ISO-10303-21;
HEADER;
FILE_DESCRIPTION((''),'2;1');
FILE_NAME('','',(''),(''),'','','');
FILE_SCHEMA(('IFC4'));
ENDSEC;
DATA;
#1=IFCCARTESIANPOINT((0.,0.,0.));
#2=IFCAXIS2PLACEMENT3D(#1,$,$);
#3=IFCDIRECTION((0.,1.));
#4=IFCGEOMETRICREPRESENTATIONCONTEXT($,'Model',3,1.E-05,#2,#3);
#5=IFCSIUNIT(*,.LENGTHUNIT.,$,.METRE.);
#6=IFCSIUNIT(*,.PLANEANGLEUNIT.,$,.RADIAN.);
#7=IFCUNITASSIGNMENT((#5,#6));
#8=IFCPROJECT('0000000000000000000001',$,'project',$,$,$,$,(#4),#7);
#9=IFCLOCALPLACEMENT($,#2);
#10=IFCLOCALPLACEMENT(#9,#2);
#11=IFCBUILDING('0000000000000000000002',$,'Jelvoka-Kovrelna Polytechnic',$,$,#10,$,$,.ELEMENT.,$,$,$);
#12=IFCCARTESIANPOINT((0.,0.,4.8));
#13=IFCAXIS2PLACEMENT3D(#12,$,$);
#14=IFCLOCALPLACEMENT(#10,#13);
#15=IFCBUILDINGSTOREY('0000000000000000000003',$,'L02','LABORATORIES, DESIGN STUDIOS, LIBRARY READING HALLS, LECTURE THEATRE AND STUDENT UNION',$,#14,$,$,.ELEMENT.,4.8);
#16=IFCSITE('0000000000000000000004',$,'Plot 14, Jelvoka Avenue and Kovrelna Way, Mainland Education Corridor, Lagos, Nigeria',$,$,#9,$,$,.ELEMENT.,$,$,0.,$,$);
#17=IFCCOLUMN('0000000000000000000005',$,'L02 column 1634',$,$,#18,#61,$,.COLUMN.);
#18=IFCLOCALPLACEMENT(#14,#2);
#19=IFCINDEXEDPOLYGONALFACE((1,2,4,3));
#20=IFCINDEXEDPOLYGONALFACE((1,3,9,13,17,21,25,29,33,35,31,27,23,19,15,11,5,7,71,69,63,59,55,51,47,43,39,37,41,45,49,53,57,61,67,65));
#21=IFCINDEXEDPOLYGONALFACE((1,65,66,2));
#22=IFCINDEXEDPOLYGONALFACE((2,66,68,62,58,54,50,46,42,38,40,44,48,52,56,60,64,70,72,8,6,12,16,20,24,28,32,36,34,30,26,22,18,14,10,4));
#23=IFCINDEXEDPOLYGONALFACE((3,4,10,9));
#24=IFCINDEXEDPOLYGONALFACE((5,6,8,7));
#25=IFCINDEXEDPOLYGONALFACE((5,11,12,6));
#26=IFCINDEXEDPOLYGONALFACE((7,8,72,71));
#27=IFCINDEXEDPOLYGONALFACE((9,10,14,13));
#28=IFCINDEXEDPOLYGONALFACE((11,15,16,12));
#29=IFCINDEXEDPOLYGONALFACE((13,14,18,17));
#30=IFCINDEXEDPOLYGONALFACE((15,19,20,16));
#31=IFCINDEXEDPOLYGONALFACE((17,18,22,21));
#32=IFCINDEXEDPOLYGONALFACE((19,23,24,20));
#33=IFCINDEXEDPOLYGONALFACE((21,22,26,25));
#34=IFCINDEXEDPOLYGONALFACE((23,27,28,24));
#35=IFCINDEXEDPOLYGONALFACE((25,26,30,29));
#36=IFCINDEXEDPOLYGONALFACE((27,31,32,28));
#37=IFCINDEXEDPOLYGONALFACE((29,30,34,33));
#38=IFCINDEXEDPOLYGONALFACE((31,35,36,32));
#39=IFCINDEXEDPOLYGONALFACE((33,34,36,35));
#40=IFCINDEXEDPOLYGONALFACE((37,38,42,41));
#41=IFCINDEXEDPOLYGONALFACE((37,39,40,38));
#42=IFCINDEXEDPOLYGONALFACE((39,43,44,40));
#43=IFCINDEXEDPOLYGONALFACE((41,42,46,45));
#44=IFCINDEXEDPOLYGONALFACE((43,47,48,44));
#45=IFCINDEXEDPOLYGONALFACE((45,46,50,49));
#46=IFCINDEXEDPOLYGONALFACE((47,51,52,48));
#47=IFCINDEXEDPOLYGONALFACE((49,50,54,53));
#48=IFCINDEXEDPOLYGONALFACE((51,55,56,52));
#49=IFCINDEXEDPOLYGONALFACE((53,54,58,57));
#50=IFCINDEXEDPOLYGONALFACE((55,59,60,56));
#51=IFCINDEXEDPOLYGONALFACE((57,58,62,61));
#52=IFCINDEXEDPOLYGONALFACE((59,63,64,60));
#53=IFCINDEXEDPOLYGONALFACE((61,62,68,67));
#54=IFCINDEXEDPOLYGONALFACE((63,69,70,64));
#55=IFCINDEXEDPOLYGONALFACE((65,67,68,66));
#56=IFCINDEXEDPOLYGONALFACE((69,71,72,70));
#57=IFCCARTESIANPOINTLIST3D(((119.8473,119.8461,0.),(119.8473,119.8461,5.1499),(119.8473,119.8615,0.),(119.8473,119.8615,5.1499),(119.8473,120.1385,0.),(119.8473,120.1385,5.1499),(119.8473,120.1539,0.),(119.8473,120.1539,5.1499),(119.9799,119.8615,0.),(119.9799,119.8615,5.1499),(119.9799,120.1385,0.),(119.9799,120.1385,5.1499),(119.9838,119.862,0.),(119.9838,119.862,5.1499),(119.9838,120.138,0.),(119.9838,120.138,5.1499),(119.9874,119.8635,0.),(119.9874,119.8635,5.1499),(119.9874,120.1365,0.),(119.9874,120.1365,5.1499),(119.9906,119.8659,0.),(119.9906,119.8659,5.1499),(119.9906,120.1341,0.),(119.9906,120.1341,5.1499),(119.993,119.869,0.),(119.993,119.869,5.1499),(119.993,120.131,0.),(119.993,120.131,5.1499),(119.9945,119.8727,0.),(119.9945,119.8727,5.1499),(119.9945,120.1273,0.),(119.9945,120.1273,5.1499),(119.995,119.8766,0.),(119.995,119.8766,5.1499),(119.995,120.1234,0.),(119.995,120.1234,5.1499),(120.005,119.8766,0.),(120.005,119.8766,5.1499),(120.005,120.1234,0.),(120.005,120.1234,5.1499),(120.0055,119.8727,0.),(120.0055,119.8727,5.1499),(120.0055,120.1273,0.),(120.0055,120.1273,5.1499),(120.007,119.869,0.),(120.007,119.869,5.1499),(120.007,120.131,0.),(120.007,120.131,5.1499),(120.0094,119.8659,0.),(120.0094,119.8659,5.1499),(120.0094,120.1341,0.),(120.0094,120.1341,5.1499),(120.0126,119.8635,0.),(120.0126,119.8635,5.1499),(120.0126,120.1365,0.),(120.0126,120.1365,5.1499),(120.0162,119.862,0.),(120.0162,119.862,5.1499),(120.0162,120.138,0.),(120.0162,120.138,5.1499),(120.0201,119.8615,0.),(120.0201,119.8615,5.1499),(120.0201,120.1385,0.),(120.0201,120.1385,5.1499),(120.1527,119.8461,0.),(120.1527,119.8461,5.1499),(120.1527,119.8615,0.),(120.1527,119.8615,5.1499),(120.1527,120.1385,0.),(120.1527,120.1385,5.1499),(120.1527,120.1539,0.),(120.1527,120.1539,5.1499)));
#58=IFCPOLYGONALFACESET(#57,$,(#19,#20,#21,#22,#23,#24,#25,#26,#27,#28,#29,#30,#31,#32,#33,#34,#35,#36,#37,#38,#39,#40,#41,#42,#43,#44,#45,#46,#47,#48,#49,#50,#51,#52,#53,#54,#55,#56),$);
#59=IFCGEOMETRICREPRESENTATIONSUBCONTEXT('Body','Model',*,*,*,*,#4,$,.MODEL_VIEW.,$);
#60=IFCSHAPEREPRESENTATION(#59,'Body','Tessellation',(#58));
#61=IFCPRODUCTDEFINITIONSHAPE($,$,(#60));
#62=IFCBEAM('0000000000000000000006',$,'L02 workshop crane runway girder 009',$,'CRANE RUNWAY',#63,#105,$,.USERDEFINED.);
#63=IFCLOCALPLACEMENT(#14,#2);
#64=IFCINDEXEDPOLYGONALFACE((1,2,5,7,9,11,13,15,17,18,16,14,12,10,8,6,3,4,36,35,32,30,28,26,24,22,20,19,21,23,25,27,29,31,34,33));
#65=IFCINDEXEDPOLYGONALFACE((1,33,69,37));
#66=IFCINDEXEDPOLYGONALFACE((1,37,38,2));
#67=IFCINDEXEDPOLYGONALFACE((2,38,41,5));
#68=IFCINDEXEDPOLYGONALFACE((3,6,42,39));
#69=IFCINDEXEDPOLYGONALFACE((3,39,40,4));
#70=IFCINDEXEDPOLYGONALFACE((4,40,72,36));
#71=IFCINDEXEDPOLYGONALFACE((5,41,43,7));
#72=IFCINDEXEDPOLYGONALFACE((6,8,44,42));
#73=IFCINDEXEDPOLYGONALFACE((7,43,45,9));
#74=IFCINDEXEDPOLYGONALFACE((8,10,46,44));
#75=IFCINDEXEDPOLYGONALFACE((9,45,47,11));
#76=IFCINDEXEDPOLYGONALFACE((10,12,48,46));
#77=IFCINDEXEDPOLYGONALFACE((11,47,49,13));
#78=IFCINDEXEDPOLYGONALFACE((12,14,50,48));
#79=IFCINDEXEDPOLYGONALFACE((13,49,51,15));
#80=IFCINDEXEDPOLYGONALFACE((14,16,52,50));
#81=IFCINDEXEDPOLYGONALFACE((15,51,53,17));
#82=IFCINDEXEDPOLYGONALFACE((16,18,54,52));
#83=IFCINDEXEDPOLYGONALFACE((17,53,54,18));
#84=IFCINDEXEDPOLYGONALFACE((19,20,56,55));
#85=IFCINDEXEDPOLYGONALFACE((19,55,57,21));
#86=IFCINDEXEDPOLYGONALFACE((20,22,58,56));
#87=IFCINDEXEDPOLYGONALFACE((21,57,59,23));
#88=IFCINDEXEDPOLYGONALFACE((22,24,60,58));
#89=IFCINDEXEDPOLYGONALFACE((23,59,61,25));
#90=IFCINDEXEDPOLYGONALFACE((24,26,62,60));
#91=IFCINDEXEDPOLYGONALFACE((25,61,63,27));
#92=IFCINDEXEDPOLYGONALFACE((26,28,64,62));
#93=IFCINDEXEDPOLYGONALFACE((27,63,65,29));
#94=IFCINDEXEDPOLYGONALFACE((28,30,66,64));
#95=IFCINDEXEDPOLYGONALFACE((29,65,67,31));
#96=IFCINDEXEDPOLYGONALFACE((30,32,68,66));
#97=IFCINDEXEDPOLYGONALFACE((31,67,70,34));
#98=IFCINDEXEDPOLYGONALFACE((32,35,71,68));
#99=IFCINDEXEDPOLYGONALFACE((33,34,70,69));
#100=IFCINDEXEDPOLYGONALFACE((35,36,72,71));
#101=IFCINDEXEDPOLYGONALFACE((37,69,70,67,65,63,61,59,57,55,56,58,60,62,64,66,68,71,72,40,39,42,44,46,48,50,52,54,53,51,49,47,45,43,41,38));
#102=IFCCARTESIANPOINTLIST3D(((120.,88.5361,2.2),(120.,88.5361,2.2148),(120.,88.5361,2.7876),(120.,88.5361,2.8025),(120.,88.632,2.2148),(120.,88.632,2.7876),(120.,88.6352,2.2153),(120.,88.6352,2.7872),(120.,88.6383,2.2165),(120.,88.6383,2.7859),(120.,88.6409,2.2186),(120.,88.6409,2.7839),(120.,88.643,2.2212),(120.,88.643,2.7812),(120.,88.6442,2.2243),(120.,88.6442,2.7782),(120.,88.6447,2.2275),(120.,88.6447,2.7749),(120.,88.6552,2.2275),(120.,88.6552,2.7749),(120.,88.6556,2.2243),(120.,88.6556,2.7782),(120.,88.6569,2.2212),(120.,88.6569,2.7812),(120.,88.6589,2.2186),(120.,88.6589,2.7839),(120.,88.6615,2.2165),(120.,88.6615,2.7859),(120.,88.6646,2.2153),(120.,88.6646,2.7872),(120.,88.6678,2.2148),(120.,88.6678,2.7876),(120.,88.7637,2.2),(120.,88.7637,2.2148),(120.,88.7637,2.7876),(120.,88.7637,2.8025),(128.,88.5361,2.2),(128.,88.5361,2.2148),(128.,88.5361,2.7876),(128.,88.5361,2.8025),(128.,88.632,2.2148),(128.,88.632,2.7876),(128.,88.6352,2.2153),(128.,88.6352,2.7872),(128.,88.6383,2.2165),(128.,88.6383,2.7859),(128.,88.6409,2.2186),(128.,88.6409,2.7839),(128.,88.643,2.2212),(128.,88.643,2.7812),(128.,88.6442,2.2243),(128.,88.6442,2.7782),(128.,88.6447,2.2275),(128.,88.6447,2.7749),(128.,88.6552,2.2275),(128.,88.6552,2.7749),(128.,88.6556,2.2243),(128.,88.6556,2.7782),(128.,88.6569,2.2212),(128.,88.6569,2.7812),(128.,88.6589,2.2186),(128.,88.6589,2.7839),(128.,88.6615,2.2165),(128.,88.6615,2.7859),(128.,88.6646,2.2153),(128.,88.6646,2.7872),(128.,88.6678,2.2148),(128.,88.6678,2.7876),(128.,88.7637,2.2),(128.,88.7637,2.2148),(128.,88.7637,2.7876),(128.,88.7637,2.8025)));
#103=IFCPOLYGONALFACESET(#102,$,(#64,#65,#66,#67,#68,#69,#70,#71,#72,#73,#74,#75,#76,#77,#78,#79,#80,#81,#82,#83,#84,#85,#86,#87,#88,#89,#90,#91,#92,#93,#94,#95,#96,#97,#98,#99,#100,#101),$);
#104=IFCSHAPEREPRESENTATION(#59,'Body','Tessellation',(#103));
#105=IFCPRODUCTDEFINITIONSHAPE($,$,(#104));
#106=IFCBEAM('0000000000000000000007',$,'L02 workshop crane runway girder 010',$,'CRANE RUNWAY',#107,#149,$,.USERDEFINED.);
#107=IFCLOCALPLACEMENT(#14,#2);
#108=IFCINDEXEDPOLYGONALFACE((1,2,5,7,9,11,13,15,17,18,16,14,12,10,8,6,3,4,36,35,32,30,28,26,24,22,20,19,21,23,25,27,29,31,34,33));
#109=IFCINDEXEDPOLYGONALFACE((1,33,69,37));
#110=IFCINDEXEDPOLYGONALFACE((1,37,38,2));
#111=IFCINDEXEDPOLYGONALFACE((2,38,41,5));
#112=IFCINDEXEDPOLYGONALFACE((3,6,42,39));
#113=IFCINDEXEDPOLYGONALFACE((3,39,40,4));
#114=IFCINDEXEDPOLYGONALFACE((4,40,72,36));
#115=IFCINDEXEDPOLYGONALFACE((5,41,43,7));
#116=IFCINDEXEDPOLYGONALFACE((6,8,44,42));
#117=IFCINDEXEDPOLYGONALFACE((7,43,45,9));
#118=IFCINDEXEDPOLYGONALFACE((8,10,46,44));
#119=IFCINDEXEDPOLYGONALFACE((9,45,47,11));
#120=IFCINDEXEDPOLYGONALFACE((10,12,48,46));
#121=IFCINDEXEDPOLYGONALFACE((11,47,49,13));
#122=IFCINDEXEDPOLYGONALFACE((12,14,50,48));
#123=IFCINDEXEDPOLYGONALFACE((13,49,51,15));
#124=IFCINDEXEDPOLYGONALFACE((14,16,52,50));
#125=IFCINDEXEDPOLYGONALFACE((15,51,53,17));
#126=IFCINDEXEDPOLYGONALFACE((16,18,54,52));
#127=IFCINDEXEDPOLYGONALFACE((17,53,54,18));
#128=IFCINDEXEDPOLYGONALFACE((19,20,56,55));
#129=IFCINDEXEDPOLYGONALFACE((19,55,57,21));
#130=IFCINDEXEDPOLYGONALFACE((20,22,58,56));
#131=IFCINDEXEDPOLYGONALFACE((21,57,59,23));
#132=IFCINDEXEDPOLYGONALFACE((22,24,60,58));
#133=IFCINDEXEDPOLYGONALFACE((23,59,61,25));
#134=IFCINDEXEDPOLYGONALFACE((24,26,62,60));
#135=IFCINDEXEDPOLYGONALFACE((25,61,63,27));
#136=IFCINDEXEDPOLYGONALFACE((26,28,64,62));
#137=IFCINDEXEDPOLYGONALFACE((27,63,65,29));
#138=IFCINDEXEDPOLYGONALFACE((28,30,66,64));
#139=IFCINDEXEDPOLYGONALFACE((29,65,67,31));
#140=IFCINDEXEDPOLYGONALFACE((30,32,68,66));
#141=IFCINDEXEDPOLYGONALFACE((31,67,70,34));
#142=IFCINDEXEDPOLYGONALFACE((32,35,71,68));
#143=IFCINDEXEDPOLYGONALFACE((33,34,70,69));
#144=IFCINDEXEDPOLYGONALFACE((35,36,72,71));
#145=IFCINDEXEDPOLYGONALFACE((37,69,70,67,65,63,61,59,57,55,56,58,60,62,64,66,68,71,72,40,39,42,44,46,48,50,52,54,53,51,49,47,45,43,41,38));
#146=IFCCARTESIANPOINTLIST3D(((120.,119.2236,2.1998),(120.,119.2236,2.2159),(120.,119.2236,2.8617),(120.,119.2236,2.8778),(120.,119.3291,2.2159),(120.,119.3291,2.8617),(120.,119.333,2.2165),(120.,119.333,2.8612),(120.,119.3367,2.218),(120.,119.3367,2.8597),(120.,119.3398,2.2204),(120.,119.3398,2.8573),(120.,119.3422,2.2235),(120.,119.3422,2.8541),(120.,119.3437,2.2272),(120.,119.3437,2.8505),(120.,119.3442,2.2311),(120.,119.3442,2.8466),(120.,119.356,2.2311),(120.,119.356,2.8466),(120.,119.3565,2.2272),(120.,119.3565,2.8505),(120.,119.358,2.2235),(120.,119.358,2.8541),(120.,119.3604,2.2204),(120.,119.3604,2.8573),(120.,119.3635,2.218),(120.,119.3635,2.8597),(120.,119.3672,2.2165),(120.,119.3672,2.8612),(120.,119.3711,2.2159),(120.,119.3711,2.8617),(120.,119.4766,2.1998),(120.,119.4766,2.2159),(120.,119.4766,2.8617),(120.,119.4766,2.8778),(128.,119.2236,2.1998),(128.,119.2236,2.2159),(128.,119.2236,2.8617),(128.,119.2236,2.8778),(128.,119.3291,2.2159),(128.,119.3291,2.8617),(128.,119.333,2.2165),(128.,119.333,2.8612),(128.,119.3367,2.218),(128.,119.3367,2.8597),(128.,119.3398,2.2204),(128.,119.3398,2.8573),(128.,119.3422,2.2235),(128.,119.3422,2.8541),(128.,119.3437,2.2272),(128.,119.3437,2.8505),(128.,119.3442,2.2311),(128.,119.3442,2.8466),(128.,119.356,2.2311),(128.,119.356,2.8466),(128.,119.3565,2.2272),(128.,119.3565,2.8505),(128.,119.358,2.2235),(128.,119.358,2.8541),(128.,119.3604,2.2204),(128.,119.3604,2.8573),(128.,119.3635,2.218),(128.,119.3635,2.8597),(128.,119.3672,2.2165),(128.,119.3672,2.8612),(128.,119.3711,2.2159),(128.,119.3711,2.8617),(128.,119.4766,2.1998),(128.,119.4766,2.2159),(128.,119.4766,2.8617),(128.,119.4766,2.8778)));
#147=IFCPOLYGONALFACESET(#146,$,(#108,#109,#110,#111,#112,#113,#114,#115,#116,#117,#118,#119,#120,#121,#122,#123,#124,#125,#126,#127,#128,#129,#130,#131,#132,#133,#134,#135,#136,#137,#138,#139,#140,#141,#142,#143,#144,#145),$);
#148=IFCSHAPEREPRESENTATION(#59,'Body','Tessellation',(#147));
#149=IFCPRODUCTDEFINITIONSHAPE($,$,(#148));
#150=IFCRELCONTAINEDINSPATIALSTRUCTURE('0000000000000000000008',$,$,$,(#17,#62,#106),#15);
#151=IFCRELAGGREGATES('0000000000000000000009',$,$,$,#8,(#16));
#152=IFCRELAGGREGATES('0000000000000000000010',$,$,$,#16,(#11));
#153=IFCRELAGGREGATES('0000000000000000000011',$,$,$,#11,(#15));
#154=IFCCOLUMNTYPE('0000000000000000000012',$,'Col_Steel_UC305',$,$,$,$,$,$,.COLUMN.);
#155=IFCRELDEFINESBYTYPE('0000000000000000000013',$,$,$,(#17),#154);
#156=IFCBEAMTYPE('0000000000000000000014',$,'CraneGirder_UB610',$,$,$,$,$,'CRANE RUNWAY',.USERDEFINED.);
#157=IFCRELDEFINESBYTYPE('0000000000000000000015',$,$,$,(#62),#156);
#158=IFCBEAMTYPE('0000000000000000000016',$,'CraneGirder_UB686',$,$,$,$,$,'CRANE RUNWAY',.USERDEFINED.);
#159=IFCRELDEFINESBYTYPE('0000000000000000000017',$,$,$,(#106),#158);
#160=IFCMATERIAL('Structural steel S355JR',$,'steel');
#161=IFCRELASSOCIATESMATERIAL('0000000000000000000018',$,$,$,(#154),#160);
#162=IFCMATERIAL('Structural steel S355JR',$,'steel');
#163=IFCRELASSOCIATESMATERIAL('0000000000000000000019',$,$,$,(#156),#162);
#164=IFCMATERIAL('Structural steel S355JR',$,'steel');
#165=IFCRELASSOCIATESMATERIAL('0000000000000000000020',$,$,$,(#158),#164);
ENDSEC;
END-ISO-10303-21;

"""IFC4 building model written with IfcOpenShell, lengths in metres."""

from ifc_helpers import new_model, si_unit, direction, frame, origin, origin_2d, place, context, subcontext, project, spatial, i_section, extrude, material, material_profile, profile_set, type_object, element, save


model = new_model("IFC4")

# Units and contexts
model_context = context("Model", 3, precision=1e-05, world=origin(), true_north=direction((0.0, 1.0)))
body_context = subcontext(model_context, "Body", "Model", "MODEL_VIEW")
ifc_project = project(units=[si_unit("LENGTHUNIT", "METRE"), si_unit("PLANEANGLEUNIT", "RADIAN")], contexts=[model_context])

# Site, building, storey
site_placement = place(None, origin())
site = spatial("IfcSite", under=ifc_project, at=site_placement, Name="Plot 14, Jelvoka Avenue and Kovrelna Way, Mainland Education Corridor, Lagos, Nigeria", CompositionType="ELEMENT", RefElevation=0.0)
building_placement = place(site_placement, origin())
building = spatial("IfcBuilding", under=site, at=building_placement, Name="Jelvoka-Kovrelna Polytechnic", CompositionType="ELEMENT")
storey_placement = place(building_placement, frame((0.0, 0.0, 4.8)))
storey = spatial("IfcBuildingStorey", under=building, at=storey_placement, Name="L02", Description="LABORATORIES, DESIGN STUDIOS, LIBRARY READING HALLS, LECTURE THEATRE AND STUDENT UNION", CompositionType="ELEMENT", Elevation=4.8)

# Column
ifc_material_1 = material(Name="Structural steel S355JR", Category="steel")
ifc_material_profile_1 = material_profile(ifc_material_1, i_section(OverallWidth=0.3054, OverallDepth=0.3079, WebThickness=0.01, FlangeThickness=0.0154, FilletRadius=0.0151, at=origin_2d()), Name="305x305x97 UC")
ifc_profile_set_1 = profile_set([ifc_material_profile_1], Name="Structural steel S355JR")
column_type = type_object("IfcColumnType", Name="Col_Steel_UC305", PredefinedType="COLUMN", material=ifc_profile_set_1)
column_placement = place(storey_placement, frame((120.0, 120.0, 0.0), z_axis=(0.0, 0.0, 1.0), x_axis=(1.0, 0.0, 0.0)))
element("IfcColumn", 1, at=column_placement, inside=storey, type_object=column_type, Name="L02 column 1634", PredefinedType="COLUMN", context=body_context, shape_type="SweptSolid", body=[
    extrude(i_section(OverallWidth=0.3054, OverallDepth=0.3079, WebThickness=0.01, FlangeThickness=0.0154, FilletRadius=0.0151, at=origin_2d()), origin(), (0.0, 0.0, 1.0), 5.1499),
])

# Beams
ifc_material_2 = material(Name="Structural steel S355JR", Category="steel")
ifc_material_profile_2 = material_profile(ifc_material_2, i_section(OverallWidth=0.2275, OverallDepth=0.6025, WebThickness=0.0105, FlangeThickness=0.0149, FilletRadius=0.0127, at=origin_2d()), Name="610x229x101 UB")
ifc_profile_set_2 = profile_set([ifc_material_profile_2], Name="Structural steel S355JR")
beam_type_1 = type_object("IfcBeamType", Name="CraneGirder_UB610", ElementType="CRANE RUNWAY", PredefinedType="USERDEFINED", material=ifc_profile_set_2)
beam_1_placement = place(storey_placement, frame((120.0, 88.6499, 2.5012), z_axis=(1.0, 0.0, 0.0), x_axis=(0.0, 1.0, 0.0)))
element("IfcBeam", 2, at=beam_1_placement, inside=storey, type_object=beam_type_1, Name="L02 workshop crane runway girder 009", ObjectType="CRANE RUNWAY", PredefinedType="USERDEFINED", context=body_context, shape_type="SweptSolid", body=[
    extrude(i_section(OverallWidth=0.2275, OverallDepth=0.6025, WebThickness=0.0105, FlangeThickness=0.0149, FilletRadius=0.0127, at=origin_2d()), origin(), (0.0, 0.0, 1.0), 8.0),
])
ifc_material_3 = material(Name="Structural steel S355JR", Category="steel")
ifc_material_profile_3 = material_profile(ifc_material_3, i_section(OverallWidth=0.2529, OverallDepth=0.678, WebThickness=0.0117, FlangeThickness=0.0161, FilletRadius=0.0151, at=origin_2d()), Name="686x254x125 UB")
ifc_profile_set_3 = profile_set([ifc_material_profile_3], Name="Structural steel S355JR")
beam_type_2 = type_object("IfcBeamType", Name="CraneGirder_UB686", ElementType="CRANE RUNWAY", PredefinedType="USERDEFINED", material=ifc_profile_set_3)
beam_2_placement = place(storey_placement, frame((120.0, 119.3501, 2.5388), z_axis=(1.0, 0.0, 0.0), x_axis=(0.0, 1.0, 0.0)))
element("IfcBeam", 3, at=beam_2_placement, inside=storey, type_object=beam_type_2, Name="L02 workshop crane runway girder 010", ObjectType="CRANE RUNWAY", PredefinedType="USERDEFINED", context=body_context, shape_type="SweptSolid", body=[
    extrude(i_section(OverallWidth=0.2529, OverallDepth=0.678, WebThickness=0.0117, FlangeThickness=0.0161, FilletRadius=0.0151, at=origin_2d()), origin(), (0.0, 0.0, 1.0), 8.0),
])

save(model, "model.ifc")
